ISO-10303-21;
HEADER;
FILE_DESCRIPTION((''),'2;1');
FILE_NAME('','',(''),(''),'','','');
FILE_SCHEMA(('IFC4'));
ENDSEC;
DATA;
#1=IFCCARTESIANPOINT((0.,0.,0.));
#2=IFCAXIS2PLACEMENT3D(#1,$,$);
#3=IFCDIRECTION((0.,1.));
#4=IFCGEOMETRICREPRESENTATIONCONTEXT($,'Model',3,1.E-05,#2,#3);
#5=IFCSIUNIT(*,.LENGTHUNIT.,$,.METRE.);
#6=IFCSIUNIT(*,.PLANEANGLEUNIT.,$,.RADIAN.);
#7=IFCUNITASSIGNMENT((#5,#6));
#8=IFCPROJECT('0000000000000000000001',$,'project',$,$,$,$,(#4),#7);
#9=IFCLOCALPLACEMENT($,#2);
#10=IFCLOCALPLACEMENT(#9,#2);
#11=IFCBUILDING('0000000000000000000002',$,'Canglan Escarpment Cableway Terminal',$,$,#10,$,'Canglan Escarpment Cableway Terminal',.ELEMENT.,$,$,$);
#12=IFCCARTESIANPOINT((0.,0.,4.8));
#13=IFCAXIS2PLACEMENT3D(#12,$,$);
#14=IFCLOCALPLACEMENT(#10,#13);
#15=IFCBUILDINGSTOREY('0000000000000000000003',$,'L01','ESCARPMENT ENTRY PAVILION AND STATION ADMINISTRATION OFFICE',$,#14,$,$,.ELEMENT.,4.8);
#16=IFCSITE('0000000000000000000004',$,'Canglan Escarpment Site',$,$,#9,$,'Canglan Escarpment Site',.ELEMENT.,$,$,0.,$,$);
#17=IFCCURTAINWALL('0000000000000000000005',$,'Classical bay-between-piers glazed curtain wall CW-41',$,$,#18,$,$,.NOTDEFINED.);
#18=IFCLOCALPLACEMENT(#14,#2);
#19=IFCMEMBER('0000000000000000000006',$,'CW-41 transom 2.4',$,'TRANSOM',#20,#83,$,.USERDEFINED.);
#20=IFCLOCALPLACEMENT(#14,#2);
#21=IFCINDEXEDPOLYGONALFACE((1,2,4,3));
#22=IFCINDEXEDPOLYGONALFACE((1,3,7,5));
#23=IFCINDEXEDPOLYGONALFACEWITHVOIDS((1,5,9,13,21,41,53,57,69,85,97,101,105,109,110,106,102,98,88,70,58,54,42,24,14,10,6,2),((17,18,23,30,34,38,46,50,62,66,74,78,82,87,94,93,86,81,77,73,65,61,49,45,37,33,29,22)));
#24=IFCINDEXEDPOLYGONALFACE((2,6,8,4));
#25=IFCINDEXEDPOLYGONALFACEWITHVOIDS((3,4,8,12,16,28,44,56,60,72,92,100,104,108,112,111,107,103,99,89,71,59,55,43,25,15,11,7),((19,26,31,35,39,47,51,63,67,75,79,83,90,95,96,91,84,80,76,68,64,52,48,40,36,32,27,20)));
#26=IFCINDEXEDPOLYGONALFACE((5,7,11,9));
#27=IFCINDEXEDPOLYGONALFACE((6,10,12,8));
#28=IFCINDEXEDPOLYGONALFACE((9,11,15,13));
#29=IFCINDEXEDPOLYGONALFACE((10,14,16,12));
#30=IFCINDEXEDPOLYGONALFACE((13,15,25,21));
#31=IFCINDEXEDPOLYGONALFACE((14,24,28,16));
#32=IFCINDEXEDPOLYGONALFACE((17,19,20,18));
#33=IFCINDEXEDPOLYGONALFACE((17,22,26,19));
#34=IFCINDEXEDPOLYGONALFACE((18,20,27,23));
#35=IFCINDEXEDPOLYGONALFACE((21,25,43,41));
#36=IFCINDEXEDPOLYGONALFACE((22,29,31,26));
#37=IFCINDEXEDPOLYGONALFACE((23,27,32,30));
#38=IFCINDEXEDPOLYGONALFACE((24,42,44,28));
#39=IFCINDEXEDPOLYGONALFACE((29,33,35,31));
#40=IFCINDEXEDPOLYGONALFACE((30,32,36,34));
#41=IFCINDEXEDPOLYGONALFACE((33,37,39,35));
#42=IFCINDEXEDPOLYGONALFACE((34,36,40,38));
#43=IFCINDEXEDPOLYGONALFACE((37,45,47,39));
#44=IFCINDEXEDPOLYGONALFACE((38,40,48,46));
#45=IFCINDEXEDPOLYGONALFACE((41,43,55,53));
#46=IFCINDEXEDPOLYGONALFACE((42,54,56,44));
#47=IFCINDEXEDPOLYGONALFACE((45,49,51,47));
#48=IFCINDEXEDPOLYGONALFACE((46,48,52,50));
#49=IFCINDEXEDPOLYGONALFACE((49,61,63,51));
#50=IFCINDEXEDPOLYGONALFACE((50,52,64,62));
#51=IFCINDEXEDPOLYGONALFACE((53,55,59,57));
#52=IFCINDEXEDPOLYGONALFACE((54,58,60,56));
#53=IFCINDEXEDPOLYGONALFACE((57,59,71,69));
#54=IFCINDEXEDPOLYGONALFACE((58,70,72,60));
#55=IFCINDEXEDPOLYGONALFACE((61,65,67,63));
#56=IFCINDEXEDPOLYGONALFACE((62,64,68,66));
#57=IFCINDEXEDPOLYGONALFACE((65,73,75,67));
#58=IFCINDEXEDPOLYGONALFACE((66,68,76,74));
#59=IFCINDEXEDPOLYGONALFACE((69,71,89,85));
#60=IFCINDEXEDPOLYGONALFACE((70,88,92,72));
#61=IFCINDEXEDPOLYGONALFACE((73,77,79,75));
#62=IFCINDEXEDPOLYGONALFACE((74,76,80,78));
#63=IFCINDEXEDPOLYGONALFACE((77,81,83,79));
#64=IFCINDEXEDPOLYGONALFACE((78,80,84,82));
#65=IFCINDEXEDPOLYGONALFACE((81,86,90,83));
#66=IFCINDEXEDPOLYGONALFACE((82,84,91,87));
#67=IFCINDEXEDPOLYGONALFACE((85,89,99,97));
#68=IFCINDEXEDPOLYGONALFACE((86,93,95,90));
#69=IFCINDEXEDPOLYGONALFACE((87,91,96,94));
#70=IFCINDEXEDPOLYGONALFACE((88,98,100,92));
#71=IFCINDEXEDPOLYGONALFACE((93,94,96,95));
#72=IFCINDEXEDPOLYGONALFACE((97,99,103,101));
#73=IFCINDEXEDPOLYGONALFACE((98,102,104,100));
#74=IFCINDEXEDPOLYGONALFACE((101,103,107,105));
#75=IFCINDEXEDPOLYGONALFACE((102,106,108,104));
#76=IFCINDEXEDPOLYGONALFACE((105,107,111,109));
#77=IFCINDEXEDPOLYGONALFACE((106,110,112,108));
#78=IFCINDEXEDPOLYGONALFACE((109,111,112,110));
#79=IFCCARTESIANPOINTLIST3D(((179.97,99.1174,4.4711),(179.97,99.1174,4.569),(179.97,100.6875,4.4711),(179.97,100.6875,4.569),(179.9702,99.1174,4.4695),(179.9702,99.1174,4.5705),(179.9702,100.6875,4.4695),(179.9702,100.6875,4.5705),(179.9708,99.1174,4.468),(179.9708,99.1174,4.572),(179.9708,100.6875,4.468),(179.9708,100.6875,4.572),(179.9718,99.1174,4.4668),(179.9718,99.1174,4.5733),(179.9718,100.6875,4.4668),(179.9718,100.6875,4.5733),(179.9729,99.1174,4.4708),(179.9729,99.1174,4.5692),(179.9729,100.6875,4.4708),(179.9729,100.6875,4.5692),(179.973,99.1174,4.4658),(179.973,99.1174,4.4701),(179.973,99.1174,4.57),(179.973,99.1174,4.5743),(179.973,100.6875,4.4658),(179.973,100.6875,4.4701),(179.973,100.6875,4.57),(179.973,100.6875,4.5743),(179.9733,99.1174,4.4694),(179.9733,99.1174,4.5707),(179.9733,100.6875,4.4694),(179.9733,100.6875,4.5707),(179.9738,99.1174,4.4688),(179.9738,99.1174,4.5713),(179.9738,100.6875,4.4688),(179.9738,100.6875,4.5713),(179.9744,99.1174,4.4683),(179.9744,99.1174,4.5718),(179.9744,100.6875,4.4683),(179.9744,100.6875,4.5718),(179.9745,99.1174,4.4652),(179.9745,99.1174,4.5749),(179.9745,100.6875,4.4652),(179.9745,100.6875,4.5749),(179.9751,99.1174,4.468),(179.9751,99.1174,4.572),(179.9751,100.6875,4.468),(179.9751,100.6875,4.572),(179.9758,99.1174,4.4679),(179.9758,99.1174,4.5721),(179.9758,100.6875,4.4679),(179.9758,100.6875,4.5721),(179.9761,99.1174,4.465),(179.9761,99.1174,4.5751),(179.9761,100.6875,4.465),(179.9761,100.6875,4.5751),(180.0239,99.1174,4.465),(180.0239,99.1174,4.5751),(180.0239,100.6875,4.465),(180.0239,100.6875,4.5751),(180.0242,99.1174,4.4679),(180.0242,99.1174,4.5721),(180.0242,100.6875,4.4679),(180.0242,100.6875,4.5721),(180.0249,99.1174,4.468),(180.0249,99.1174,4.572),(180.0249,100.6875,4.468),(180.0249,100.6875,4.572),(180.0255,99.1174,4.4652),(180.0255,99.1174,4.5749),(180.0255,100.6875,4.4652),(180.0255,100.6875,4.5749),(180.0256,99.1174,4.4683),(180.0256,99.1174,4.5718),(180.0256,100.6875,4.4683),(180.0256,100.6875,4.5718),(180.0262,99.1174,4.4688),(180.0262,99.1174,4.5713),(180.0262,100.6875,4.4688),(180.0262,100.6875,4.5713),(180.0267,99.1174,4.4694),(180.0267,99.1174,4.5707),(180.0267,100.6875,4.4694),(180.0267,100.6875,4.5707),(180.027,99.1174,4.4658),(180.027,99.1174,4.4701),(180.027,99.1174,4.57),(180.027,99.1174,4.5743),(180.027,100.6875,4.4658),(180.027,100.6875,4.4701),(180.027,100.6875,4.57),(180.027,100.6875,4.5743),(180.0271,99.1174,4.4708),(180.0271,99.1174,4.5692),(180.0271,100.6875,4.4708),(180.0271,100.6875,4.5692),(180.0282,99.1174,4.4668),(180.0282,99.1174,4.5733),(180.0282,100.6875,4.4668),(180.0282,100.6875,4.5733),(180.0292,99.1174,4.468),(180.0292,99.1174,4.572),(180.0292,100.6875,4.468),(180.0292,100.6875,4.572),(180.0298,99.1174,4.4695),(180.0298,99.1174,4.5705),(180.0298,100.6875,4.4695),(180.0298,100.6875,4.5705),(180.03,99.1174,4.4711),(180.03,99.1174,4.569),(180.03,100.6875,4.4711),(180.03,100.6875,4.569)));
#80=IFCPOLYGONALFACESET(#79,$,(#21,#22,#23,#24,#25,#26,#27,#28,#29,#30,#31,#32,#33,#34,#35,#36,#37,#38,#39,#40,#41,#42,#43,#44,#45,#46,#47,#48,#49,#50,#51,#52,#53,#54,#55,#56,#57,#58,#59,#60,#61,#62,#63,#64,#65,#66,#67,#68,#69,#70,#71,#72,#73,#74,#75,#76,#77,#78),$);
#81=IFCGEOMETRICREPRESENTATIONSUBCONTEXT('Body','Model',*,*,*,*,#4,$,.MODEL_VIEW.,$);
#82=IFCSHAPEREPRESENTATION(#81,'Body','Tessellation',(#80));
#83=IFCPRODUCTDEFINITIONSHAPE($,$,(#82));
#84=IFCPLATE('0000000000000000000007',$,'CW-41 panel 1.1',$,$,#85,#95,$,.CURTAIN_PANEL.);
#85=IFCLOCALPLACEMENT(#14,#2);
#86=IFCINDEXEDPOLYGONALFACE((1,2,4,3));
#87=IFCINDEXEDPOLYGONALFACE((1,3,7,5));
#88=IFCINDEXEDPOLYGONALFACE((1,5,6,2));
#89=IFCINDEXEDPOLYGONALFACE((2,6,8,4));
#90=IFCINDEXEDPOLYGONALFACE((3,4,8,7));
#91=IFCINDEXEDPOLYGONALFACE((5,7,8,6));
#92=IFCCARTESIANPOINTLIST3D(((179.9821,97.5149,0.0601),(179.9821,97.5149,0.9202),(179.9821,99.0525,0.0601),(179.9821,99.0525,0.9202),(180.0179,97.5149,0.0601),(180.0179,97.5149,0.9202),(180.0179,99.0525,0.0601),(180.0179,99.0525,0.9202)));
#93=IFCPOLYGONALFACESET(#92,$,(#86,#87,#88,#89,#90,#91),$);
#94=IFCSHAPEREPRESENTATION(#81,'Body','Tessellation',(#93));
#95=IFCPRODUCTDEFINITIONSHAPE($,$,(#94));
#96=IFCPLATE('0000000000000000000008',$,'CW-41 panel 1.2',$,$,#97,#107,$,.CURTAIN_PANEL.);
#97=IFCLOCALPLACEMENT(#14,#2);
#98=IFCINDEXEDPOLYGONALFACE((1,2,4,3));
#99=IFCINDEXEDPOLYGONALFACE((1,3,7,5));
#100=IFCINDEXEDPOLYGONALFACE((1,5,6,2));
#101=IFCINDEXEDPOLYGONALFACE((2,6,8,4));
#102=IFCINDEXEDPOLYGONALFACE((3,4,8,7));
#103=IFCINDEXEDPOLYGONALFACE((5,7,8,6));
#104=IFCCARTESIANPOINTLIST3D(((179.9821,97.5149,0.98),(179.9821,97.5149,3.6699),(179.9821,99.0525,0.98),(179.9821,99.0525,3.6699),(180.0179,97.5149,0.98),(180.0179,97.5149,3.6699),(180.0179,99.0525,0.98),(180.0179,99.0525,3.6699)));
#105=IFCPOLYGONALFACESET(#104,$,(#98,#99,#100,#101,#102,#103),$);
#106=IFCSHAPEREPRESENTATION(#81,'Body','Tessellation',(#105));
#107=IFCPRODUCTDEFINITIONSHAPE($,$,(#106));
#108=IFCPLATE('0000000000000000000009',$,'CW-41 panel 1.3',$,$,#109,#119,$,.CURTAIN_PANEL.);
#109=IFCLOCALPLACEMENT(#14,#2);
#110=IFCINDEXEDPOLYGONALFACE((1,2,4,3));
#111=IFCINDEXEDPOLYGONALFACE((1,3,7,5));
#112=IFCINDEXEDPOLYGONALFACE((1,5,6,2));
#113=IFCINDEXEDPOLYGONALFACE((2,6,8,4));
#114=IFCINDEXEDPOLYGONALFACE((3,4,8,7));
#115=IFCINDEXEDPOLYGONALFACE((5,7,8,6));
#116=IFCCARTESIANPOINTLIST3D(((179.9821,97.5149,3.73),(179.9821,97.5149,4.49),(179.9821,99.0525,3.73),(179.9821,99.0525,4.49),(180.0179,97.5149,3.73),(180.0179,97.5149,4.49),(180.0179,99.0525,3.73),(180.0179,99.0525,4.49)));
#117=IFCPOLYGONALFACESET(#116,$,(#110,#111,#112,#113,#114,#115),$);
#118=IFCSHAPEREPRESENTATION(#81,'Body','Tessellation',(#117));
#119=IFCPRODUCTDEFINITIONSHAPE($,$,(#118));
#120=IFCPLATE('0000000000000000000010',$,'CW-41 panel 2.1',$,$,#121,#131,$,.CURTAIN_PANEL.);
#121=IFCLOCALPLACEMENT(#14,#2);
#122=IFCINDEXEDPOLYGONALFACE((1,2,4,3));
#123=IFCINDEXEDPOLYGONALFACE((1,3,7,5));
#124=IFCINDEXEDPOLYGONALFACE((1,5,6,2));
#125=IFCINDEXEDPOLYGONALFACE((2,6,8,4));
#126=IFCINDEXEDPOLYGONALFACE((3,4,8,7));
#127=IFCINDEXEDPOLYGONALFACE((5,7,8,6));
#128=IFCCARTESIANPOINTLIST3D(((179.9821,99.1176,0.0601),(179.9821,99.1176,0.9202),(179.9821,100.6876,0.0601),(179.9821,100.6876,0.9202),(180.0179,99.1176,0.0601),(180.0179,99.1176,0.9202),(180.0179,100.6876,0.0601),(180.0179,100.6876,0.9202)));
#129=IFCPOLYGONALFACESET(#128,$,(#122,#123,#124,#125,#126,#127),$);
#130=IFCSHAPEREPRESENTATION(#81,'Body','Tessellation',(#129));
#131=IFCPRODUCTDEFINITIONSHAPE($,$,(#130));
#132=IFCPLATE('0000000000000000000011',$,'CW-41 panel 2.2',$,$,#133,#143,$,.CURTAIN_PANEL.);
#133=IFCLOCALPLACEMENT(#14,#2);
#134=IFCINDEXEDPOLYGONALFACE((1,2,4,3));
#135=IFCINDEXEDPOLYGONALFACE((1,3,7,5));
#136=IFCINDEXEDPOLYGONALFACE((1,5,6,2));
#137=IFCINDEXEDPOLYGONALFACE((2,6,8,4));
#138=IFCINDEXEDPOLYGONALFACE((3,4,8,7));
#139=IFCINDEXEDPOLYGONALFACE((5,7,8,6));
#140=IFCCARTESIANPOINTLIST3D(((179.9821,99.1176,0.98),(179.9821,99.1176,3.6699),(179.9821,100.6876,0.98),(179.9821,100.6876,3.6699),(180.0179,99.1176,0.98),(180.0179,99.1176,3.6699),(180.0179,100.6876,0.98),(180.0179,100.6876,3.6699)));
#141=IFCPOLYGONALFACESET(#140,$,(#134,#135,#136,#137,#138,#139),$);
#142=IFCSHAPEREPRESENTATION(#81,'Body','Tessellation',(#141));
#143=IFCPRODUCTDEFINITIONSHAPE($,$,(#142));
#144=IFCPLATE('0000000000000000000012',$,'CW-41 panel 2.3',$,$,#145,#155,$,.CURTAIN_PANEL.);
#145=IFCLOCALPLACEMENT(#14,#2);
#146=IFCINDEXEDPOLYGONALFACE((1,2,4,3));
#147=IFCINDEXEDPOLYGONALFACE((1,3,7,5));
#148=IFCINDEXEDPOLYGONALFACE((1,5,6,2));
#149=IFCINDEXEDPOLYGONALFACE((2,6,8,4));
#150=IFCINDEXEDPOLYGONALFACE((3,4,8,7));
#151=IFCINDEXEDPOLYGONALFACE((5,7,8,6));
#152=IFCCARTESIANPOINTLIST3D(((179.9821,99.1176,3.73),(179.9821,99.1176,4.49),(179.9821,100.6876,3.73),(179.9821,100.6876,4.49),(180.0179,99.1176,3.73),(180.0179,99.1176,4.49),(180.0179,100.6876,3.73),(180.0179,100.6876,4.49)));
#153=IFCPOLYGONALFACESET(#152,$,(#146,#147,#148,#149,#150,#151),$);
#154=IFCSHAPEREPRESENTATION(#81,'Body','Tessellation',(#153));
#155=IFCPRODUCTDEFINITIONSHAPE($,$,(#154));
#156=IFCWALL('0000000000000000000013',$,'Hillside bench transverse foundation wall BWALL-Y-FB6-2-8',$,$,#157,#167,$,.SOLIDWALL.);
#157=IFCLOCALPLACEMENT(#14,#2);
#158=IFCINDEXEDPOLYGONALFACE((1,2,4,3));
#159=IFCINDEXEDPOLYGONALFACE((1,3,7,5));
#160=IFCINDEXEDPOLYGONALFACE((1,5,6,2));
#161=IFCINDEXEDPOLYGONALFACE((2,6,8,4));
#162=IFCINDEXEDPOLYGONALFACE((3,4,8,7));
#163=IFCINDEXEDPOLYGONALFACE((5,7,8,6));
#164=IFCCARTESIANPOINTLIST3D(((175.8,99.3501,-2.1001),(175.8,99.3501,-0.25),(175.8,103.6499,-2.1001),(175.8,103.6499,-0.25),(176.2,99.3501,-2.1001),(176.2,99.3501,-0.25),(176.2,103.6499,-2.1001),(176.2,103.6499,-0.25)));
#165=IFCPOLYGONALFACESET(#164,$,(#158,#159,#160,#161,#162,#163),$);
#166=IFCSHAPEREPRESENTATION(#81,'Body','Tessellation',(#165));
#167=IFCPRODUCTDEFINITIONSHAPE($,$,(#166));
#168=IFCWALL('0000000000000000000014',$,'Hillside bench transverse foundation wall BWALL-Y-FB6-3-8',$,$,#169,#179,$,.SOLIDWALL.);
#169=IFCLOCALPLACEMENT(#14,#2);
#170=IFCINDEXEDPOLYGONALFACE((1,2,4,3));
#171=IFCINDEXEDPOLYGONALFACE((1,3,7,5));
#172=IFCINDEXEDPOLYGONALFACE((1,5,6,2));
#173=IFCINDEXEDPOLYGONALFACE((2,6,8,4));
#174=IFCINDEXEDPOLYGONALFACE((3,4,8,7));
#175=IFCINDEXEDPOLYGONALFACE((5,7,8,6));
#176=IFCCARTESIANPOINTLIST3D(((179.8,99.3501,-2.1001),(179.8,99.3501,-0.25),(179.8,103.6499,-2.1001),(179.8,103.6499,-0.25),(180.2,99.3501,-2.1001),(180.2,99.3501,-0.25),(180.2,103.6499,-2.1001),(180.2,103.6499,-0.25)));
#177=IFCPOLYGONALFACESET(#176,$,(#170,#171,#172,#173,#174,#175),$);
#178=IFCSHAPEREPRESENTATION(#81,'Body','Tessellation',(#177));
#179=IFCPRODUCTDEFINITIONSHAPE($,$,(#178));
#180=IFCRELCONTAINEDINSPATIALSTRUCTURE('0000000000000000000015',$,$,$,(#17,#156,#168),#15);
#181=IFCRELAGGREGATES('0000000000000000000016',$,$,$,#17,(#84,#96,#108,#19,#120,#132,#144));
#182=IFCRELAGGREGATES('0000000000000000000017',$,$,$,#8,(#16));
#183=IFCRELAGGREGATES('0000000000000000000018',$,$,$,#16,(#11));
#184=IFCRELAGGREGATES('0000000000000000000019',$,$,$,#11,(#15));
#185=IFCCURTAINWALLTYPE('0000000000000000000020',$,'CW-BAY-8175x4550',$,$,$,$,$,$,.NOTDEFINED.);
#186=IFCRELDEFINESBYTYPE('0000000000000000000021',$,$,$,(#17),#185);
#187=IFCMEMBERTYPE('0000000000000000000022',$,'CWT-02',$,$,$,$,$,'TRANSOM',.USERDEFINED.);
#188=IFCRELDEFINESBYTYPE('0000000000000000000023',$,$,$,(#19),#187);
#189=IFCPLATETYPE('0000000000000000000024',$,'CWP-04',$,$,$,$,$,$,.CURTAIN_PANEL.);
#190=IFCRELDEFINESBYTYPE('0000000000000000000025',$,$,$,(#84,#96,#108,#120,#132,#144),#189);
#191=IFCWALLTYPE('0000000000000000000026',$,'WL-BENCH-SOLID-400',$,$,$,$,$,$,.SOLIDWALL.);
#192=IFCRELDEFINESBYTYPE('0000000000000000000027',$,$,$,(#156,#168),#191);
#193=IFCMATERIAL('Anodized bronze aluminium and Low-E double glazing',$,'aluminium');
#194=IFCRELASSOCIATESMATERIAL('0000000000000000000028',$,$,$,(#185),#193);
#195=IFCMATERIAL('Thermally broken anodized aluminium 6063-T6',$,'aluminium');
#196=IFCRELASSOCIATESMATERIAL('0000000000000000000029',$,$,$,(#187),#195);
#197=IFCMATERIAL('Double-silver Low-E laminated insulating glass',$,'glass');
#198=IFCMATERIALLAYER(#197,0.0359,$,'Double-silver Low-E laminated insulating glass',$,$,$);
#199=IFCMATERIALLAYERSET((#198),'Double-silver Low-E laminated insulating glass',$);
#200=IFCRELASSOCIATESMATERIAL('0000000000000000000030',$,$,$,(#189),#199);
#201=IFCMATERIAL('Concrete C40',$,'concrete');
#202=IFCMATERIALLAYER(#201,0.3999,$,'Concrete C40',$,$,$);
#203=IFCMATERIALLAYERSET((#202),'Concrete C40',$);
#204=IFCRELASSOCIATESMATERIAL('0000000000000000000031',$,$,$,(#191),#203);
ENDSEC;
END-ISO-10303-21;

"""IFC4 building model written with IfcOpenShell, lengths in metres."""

from ifc_helpers import new_model, si_unit, direction, frame, frame_2d, origin, origin_2d, place, context, subcontext, project, spatial, rectangle, hollow_rectangle, extrude, material, layer, layer_set, material_profile, profile_set, type_object, element, aggregate, save


model = new_model("IFC4")

# Units and contexts
model_context = context("Model", 3, precision=1e-05, world=origin(), true_north=direction((0.0, 1.0)))
body_context = subcontext(model_context, "Body", "Model", "MODEL_VIEW")
ifc_project = project(units=[si_unit("LENGTHUNIT", "METRE"), si_unit("PLANEANGLEUNIT", "RADIAN")], contexts=[model_context])

# Site, building, storey
site_placement = place(None, origin())
site = spatial("IfcSite", under=ifc_project, at=site_placement, Name="Canglan Escarpment Site", LongName="Canglan Escarpment Site", CompositionType="ELEMENT", RefElevation=0.0)
building_placement = place(site_placement, origin())
building = spatial("IfcBuilding", under=site, at=building_placement, Name="Canglan Escarpment Cableway Terminal", LongName="Canglan Escarpment Cableway Terminal", CompositionType="ELEMENT")
storey_placement = place(building_placement, frame((0.0, 0.0, 4.8)))
storey = spatial("IfcBuildingStorey", under=building, at=storey_placement, Name="L01", Description="ESCARPMENT ENTRY PAVILION AND STATION ADMINISTRATION OFFICE", CompositionType="ELEMENT", Elevation=4.8)

# Shared definitions
ifc_material_1 = material(Name="Concrete C40", Category="concrete")

# Curtain wall, member, plates
ifc_material_2 = material(Name="Anodized bronze aluminium and Low-E double glazing", Category="aluminium")
curtain_wall_type = type_object("IfcCurtainWallType", Name="CW-BAY-8175x4550", PredefinedType="NOTDEFINED", material=ifc_material_2)
curtain_wall_placement = place(storey_placement, origin())
curtain_wall = element("IfcCurtainWall", 1, at=curtain_wall_placement, inside=storey, type_object=curtain_wall_type, Name="Classical bay-between-piers glazed curtain wall CW-41", PredefinedType="NOTDEFINED")
ifc_material_3 = material(Name="Thermally broken anodized aluminium 6063-T6", Category="aluminium")
ifc_material_profile_1 = material_profile(ifc_material_3, hollow_rectangle(XDim=0.0601, YDim=0.1101, WallThickness=0.0029, InnerFilletRadius=0.0029, OuterFilletRadius=0.0061, at=origin_2d()), Name="ALU-TRAN 60x110x3")
ifc_profile_set_1 = profile_set([ifc_material_profile_1], Name="Thermally broken anodized aluminium 6063-T6")
member_type_1 = type_object("IfcMemberType", Name="CWT-02", ElementType="TRANSOM", PredefinedType="USERDEFINED", material=ifc_profile_set_1)
member_1_placement = place(storey_placement, frame((180.0, 99.1174, 4.52), z_axis=(0.0, 1.0, 0.0), x_axis=(-1.0, 0.0, 0.0)))
member_1 = element("IfcMember", 2, at=member_1_placement, type_object=member_type_1, Name="CW-41 transom 2.4", ObjectType="TRANSOM", PredefinedType="USERDEFINED", context=body_context, shape_type="SweptSolid", body=[
    extrude(hollow_rectangle(XDim=0.0601, YDim=0.1101, WallThickness=0.0029, InnerFilletRadius=0.0029, OuterFilletRadius=0.0061, at=origin_2d()), origin(), (0.0, 0.0, 1.0), 1.5701),
])
ifc_material_4 = material(Name="Double-silver Low-E laminated insulating glass", Category="glass")
ifc_layer_1 = layer(ifc_material_4, 0.0359, Name="Double-silver Low-E laminated insulating glass")
ifc_layer_set_1 = layer_set([ifc_layer_1], Name="Double-silver Low-E laminated insulating glass")
plate_type = type_object("IfcPlateType", Name="CWP-04", PredefinedType="CURTAIN_PANEL", material=ifc_layer_set_1)
plate_1_placement = place(storey_placement, frame((180.0, 98.2837, 0.0601), z_axis=(0.0, 0.0, 1.0), x_axis=(0.0, 1.0, 0.0)))
plate_1 = element("IfcPlate", 3, at=plate_1_placement, type_object=plate_type, Name="CW-41 panel 1.1", PredefinedType="CURTAIN_PANEL", context=body_context, shape_type="SweptSolid", body=[
    extrude(rectangle(XDim=1.5376, YDim=0.0359, at=origin_2d()), origin(), (0.0, 0.0, 1.0), 0.8601),
])
plate_2_placement = place(storey_placement, frame((180.0, 98.2837, 0.98), z_axis=(0.0, 0.0, 1.0), x_axis=(0.0, 1.0, 0.0)))
plate_2 = element("IfcPlate", 4, at=plate_2_placement, type_object=plate_type, Name="CW-41 panel 1.2", PredefinedType="CURTAIN_PANEL", context=body_context, shape_type="SweptSolid", body=[
    extrude(rectangle(XDim=1.5376, YDim=0.0359, at=origin_2d()), origin(), (0.0, 0.0, 1.0), 2.6899),
])
plate_3_placement = place(storey_placement, frame((180.0, 98.2837, 3.73), z_axis=(0.0, 0.0, 1.0), x_axis=(0.0, 1.0, 0.0)))
plate_3 = element("IfcPlate", 5, at=plate_3_placement, type_object=plate_type, Name="CW-41 panel 1.3", PredefinedType="CURTAIN_PANEL", context=body_context, shape_type="SweptSolid", body=[
    extrude(rectangle(XDim=1.5376, YDim=0.0359, at=origin_2d()), origin(), (0.0, 0.0, 1.0), 0.76),
])
plate_4_placement = place(storey_placement, frame((180.0, 99.9026, 0.0601), z_axis=(0.0, 0.0, 1.0), x_axis=(0.0, 1.0, 0.0)))
plate_4 = element("IfcPlate", 6, at=plate_4_placement, type_object=plate_type, Name="CW-41 panel 2.1", PredefinedType="CURTAIN_PANEL", context=body_context, shape_type="SweptSolid", body=[
    extrude(rectangle(XDim=1.5701, YDim=0.0359, at=origin_2d()), origin(), (0.0, 0.0, 1.0), 0.8601),
])
plate_5_placement = place(storey_placement, frame((180.0, 99.9026, 0.98), z_axis=(0.0, 0.0, 1.0), x_axis=(0.0, 1.0, 0.0)))
plate_5 = element("IfcPlate", 7, at=plate_5_placement, type_object=plate_type, Name="CW-41 panel 2.2", PredefinedType="CURTAIN_PANEL", context=body_context, shape_type="SweptSolid", body=[
    extrude(rectangle(XDim=1.5701, YDim=0.0359, at=origin_2d()), origin(), (0.0, 0.0, 1.0), 2.6899),
])
plate_6_placement = place(storey_placement, frame((180.0, 99.9026, 3.73), z_axis=(0.0, 0.0, 1.0), x_axis=(0.0, 1.0, 0.0)))
plate_6 = element("IfcPlate", 8, at=plate_6_placement, type_object=plate_type, Name="CW-41 panel 2.3", PredefinedType="CURTAIN_PANEL", context=body_context, shape_type="SweptSolid", body=[
    extrude(rectangle(XDim=1.5701, YDim=0.0359, at=origin_2d()), origin(), (0.0, 0.0, 1.0), 0.76),
])
aggregate(curtain_wall, [plate_1, plate_2, plate_3, member_1, plate_4, plate_5, plate_6])

# Walls
ifc_layer_2 = layer(ifc_material_1, 0.3999, Name="Concrete C40")
ifc_layer_set_2 = layer_set([ifc_layer_2], Name="Concrete C40")
wall_type = type_object("IfcWallType", Name="WL-BENCH-SOLID-400", PredefinedType="SOLIDWALL", material=ifc_layer_set_2)
for number, where, z_axis, x_axis, name in (
    (9, (176.0, 99.3501, -2.1001), (0.0, 0.0, 1.0), (0.0, 1.0, 0.0), "Hillside bench transverse foundation wall BWALL-Y-FB6-2-8"),
    (10, (180.0, 99.3501, -2.1001), (0.0, 0.0, 1.0), (0.0, 1.0, 0.0), "Hillside bench transverse foundation wall BWALL-Y-FB6-3-8"),
):
    element("IfcWall", number, at=place(storey_placement, frame(where, z_axis=z_axis, x_axis=x_axis)), inside=storey, type_object=wall_type, Name=name, PredefinedType="SOLIDWALL", context=body_context, shape_type="SweptSolid", body=[
        extrude(rectangle(XDim=4.2998, YDim=0.3999, at=frame_2d((2.1499, 0.0))), origin(), (0.0, 0.0, 1.0), 1.8501),
    ])

save(model, "model.ifc")
